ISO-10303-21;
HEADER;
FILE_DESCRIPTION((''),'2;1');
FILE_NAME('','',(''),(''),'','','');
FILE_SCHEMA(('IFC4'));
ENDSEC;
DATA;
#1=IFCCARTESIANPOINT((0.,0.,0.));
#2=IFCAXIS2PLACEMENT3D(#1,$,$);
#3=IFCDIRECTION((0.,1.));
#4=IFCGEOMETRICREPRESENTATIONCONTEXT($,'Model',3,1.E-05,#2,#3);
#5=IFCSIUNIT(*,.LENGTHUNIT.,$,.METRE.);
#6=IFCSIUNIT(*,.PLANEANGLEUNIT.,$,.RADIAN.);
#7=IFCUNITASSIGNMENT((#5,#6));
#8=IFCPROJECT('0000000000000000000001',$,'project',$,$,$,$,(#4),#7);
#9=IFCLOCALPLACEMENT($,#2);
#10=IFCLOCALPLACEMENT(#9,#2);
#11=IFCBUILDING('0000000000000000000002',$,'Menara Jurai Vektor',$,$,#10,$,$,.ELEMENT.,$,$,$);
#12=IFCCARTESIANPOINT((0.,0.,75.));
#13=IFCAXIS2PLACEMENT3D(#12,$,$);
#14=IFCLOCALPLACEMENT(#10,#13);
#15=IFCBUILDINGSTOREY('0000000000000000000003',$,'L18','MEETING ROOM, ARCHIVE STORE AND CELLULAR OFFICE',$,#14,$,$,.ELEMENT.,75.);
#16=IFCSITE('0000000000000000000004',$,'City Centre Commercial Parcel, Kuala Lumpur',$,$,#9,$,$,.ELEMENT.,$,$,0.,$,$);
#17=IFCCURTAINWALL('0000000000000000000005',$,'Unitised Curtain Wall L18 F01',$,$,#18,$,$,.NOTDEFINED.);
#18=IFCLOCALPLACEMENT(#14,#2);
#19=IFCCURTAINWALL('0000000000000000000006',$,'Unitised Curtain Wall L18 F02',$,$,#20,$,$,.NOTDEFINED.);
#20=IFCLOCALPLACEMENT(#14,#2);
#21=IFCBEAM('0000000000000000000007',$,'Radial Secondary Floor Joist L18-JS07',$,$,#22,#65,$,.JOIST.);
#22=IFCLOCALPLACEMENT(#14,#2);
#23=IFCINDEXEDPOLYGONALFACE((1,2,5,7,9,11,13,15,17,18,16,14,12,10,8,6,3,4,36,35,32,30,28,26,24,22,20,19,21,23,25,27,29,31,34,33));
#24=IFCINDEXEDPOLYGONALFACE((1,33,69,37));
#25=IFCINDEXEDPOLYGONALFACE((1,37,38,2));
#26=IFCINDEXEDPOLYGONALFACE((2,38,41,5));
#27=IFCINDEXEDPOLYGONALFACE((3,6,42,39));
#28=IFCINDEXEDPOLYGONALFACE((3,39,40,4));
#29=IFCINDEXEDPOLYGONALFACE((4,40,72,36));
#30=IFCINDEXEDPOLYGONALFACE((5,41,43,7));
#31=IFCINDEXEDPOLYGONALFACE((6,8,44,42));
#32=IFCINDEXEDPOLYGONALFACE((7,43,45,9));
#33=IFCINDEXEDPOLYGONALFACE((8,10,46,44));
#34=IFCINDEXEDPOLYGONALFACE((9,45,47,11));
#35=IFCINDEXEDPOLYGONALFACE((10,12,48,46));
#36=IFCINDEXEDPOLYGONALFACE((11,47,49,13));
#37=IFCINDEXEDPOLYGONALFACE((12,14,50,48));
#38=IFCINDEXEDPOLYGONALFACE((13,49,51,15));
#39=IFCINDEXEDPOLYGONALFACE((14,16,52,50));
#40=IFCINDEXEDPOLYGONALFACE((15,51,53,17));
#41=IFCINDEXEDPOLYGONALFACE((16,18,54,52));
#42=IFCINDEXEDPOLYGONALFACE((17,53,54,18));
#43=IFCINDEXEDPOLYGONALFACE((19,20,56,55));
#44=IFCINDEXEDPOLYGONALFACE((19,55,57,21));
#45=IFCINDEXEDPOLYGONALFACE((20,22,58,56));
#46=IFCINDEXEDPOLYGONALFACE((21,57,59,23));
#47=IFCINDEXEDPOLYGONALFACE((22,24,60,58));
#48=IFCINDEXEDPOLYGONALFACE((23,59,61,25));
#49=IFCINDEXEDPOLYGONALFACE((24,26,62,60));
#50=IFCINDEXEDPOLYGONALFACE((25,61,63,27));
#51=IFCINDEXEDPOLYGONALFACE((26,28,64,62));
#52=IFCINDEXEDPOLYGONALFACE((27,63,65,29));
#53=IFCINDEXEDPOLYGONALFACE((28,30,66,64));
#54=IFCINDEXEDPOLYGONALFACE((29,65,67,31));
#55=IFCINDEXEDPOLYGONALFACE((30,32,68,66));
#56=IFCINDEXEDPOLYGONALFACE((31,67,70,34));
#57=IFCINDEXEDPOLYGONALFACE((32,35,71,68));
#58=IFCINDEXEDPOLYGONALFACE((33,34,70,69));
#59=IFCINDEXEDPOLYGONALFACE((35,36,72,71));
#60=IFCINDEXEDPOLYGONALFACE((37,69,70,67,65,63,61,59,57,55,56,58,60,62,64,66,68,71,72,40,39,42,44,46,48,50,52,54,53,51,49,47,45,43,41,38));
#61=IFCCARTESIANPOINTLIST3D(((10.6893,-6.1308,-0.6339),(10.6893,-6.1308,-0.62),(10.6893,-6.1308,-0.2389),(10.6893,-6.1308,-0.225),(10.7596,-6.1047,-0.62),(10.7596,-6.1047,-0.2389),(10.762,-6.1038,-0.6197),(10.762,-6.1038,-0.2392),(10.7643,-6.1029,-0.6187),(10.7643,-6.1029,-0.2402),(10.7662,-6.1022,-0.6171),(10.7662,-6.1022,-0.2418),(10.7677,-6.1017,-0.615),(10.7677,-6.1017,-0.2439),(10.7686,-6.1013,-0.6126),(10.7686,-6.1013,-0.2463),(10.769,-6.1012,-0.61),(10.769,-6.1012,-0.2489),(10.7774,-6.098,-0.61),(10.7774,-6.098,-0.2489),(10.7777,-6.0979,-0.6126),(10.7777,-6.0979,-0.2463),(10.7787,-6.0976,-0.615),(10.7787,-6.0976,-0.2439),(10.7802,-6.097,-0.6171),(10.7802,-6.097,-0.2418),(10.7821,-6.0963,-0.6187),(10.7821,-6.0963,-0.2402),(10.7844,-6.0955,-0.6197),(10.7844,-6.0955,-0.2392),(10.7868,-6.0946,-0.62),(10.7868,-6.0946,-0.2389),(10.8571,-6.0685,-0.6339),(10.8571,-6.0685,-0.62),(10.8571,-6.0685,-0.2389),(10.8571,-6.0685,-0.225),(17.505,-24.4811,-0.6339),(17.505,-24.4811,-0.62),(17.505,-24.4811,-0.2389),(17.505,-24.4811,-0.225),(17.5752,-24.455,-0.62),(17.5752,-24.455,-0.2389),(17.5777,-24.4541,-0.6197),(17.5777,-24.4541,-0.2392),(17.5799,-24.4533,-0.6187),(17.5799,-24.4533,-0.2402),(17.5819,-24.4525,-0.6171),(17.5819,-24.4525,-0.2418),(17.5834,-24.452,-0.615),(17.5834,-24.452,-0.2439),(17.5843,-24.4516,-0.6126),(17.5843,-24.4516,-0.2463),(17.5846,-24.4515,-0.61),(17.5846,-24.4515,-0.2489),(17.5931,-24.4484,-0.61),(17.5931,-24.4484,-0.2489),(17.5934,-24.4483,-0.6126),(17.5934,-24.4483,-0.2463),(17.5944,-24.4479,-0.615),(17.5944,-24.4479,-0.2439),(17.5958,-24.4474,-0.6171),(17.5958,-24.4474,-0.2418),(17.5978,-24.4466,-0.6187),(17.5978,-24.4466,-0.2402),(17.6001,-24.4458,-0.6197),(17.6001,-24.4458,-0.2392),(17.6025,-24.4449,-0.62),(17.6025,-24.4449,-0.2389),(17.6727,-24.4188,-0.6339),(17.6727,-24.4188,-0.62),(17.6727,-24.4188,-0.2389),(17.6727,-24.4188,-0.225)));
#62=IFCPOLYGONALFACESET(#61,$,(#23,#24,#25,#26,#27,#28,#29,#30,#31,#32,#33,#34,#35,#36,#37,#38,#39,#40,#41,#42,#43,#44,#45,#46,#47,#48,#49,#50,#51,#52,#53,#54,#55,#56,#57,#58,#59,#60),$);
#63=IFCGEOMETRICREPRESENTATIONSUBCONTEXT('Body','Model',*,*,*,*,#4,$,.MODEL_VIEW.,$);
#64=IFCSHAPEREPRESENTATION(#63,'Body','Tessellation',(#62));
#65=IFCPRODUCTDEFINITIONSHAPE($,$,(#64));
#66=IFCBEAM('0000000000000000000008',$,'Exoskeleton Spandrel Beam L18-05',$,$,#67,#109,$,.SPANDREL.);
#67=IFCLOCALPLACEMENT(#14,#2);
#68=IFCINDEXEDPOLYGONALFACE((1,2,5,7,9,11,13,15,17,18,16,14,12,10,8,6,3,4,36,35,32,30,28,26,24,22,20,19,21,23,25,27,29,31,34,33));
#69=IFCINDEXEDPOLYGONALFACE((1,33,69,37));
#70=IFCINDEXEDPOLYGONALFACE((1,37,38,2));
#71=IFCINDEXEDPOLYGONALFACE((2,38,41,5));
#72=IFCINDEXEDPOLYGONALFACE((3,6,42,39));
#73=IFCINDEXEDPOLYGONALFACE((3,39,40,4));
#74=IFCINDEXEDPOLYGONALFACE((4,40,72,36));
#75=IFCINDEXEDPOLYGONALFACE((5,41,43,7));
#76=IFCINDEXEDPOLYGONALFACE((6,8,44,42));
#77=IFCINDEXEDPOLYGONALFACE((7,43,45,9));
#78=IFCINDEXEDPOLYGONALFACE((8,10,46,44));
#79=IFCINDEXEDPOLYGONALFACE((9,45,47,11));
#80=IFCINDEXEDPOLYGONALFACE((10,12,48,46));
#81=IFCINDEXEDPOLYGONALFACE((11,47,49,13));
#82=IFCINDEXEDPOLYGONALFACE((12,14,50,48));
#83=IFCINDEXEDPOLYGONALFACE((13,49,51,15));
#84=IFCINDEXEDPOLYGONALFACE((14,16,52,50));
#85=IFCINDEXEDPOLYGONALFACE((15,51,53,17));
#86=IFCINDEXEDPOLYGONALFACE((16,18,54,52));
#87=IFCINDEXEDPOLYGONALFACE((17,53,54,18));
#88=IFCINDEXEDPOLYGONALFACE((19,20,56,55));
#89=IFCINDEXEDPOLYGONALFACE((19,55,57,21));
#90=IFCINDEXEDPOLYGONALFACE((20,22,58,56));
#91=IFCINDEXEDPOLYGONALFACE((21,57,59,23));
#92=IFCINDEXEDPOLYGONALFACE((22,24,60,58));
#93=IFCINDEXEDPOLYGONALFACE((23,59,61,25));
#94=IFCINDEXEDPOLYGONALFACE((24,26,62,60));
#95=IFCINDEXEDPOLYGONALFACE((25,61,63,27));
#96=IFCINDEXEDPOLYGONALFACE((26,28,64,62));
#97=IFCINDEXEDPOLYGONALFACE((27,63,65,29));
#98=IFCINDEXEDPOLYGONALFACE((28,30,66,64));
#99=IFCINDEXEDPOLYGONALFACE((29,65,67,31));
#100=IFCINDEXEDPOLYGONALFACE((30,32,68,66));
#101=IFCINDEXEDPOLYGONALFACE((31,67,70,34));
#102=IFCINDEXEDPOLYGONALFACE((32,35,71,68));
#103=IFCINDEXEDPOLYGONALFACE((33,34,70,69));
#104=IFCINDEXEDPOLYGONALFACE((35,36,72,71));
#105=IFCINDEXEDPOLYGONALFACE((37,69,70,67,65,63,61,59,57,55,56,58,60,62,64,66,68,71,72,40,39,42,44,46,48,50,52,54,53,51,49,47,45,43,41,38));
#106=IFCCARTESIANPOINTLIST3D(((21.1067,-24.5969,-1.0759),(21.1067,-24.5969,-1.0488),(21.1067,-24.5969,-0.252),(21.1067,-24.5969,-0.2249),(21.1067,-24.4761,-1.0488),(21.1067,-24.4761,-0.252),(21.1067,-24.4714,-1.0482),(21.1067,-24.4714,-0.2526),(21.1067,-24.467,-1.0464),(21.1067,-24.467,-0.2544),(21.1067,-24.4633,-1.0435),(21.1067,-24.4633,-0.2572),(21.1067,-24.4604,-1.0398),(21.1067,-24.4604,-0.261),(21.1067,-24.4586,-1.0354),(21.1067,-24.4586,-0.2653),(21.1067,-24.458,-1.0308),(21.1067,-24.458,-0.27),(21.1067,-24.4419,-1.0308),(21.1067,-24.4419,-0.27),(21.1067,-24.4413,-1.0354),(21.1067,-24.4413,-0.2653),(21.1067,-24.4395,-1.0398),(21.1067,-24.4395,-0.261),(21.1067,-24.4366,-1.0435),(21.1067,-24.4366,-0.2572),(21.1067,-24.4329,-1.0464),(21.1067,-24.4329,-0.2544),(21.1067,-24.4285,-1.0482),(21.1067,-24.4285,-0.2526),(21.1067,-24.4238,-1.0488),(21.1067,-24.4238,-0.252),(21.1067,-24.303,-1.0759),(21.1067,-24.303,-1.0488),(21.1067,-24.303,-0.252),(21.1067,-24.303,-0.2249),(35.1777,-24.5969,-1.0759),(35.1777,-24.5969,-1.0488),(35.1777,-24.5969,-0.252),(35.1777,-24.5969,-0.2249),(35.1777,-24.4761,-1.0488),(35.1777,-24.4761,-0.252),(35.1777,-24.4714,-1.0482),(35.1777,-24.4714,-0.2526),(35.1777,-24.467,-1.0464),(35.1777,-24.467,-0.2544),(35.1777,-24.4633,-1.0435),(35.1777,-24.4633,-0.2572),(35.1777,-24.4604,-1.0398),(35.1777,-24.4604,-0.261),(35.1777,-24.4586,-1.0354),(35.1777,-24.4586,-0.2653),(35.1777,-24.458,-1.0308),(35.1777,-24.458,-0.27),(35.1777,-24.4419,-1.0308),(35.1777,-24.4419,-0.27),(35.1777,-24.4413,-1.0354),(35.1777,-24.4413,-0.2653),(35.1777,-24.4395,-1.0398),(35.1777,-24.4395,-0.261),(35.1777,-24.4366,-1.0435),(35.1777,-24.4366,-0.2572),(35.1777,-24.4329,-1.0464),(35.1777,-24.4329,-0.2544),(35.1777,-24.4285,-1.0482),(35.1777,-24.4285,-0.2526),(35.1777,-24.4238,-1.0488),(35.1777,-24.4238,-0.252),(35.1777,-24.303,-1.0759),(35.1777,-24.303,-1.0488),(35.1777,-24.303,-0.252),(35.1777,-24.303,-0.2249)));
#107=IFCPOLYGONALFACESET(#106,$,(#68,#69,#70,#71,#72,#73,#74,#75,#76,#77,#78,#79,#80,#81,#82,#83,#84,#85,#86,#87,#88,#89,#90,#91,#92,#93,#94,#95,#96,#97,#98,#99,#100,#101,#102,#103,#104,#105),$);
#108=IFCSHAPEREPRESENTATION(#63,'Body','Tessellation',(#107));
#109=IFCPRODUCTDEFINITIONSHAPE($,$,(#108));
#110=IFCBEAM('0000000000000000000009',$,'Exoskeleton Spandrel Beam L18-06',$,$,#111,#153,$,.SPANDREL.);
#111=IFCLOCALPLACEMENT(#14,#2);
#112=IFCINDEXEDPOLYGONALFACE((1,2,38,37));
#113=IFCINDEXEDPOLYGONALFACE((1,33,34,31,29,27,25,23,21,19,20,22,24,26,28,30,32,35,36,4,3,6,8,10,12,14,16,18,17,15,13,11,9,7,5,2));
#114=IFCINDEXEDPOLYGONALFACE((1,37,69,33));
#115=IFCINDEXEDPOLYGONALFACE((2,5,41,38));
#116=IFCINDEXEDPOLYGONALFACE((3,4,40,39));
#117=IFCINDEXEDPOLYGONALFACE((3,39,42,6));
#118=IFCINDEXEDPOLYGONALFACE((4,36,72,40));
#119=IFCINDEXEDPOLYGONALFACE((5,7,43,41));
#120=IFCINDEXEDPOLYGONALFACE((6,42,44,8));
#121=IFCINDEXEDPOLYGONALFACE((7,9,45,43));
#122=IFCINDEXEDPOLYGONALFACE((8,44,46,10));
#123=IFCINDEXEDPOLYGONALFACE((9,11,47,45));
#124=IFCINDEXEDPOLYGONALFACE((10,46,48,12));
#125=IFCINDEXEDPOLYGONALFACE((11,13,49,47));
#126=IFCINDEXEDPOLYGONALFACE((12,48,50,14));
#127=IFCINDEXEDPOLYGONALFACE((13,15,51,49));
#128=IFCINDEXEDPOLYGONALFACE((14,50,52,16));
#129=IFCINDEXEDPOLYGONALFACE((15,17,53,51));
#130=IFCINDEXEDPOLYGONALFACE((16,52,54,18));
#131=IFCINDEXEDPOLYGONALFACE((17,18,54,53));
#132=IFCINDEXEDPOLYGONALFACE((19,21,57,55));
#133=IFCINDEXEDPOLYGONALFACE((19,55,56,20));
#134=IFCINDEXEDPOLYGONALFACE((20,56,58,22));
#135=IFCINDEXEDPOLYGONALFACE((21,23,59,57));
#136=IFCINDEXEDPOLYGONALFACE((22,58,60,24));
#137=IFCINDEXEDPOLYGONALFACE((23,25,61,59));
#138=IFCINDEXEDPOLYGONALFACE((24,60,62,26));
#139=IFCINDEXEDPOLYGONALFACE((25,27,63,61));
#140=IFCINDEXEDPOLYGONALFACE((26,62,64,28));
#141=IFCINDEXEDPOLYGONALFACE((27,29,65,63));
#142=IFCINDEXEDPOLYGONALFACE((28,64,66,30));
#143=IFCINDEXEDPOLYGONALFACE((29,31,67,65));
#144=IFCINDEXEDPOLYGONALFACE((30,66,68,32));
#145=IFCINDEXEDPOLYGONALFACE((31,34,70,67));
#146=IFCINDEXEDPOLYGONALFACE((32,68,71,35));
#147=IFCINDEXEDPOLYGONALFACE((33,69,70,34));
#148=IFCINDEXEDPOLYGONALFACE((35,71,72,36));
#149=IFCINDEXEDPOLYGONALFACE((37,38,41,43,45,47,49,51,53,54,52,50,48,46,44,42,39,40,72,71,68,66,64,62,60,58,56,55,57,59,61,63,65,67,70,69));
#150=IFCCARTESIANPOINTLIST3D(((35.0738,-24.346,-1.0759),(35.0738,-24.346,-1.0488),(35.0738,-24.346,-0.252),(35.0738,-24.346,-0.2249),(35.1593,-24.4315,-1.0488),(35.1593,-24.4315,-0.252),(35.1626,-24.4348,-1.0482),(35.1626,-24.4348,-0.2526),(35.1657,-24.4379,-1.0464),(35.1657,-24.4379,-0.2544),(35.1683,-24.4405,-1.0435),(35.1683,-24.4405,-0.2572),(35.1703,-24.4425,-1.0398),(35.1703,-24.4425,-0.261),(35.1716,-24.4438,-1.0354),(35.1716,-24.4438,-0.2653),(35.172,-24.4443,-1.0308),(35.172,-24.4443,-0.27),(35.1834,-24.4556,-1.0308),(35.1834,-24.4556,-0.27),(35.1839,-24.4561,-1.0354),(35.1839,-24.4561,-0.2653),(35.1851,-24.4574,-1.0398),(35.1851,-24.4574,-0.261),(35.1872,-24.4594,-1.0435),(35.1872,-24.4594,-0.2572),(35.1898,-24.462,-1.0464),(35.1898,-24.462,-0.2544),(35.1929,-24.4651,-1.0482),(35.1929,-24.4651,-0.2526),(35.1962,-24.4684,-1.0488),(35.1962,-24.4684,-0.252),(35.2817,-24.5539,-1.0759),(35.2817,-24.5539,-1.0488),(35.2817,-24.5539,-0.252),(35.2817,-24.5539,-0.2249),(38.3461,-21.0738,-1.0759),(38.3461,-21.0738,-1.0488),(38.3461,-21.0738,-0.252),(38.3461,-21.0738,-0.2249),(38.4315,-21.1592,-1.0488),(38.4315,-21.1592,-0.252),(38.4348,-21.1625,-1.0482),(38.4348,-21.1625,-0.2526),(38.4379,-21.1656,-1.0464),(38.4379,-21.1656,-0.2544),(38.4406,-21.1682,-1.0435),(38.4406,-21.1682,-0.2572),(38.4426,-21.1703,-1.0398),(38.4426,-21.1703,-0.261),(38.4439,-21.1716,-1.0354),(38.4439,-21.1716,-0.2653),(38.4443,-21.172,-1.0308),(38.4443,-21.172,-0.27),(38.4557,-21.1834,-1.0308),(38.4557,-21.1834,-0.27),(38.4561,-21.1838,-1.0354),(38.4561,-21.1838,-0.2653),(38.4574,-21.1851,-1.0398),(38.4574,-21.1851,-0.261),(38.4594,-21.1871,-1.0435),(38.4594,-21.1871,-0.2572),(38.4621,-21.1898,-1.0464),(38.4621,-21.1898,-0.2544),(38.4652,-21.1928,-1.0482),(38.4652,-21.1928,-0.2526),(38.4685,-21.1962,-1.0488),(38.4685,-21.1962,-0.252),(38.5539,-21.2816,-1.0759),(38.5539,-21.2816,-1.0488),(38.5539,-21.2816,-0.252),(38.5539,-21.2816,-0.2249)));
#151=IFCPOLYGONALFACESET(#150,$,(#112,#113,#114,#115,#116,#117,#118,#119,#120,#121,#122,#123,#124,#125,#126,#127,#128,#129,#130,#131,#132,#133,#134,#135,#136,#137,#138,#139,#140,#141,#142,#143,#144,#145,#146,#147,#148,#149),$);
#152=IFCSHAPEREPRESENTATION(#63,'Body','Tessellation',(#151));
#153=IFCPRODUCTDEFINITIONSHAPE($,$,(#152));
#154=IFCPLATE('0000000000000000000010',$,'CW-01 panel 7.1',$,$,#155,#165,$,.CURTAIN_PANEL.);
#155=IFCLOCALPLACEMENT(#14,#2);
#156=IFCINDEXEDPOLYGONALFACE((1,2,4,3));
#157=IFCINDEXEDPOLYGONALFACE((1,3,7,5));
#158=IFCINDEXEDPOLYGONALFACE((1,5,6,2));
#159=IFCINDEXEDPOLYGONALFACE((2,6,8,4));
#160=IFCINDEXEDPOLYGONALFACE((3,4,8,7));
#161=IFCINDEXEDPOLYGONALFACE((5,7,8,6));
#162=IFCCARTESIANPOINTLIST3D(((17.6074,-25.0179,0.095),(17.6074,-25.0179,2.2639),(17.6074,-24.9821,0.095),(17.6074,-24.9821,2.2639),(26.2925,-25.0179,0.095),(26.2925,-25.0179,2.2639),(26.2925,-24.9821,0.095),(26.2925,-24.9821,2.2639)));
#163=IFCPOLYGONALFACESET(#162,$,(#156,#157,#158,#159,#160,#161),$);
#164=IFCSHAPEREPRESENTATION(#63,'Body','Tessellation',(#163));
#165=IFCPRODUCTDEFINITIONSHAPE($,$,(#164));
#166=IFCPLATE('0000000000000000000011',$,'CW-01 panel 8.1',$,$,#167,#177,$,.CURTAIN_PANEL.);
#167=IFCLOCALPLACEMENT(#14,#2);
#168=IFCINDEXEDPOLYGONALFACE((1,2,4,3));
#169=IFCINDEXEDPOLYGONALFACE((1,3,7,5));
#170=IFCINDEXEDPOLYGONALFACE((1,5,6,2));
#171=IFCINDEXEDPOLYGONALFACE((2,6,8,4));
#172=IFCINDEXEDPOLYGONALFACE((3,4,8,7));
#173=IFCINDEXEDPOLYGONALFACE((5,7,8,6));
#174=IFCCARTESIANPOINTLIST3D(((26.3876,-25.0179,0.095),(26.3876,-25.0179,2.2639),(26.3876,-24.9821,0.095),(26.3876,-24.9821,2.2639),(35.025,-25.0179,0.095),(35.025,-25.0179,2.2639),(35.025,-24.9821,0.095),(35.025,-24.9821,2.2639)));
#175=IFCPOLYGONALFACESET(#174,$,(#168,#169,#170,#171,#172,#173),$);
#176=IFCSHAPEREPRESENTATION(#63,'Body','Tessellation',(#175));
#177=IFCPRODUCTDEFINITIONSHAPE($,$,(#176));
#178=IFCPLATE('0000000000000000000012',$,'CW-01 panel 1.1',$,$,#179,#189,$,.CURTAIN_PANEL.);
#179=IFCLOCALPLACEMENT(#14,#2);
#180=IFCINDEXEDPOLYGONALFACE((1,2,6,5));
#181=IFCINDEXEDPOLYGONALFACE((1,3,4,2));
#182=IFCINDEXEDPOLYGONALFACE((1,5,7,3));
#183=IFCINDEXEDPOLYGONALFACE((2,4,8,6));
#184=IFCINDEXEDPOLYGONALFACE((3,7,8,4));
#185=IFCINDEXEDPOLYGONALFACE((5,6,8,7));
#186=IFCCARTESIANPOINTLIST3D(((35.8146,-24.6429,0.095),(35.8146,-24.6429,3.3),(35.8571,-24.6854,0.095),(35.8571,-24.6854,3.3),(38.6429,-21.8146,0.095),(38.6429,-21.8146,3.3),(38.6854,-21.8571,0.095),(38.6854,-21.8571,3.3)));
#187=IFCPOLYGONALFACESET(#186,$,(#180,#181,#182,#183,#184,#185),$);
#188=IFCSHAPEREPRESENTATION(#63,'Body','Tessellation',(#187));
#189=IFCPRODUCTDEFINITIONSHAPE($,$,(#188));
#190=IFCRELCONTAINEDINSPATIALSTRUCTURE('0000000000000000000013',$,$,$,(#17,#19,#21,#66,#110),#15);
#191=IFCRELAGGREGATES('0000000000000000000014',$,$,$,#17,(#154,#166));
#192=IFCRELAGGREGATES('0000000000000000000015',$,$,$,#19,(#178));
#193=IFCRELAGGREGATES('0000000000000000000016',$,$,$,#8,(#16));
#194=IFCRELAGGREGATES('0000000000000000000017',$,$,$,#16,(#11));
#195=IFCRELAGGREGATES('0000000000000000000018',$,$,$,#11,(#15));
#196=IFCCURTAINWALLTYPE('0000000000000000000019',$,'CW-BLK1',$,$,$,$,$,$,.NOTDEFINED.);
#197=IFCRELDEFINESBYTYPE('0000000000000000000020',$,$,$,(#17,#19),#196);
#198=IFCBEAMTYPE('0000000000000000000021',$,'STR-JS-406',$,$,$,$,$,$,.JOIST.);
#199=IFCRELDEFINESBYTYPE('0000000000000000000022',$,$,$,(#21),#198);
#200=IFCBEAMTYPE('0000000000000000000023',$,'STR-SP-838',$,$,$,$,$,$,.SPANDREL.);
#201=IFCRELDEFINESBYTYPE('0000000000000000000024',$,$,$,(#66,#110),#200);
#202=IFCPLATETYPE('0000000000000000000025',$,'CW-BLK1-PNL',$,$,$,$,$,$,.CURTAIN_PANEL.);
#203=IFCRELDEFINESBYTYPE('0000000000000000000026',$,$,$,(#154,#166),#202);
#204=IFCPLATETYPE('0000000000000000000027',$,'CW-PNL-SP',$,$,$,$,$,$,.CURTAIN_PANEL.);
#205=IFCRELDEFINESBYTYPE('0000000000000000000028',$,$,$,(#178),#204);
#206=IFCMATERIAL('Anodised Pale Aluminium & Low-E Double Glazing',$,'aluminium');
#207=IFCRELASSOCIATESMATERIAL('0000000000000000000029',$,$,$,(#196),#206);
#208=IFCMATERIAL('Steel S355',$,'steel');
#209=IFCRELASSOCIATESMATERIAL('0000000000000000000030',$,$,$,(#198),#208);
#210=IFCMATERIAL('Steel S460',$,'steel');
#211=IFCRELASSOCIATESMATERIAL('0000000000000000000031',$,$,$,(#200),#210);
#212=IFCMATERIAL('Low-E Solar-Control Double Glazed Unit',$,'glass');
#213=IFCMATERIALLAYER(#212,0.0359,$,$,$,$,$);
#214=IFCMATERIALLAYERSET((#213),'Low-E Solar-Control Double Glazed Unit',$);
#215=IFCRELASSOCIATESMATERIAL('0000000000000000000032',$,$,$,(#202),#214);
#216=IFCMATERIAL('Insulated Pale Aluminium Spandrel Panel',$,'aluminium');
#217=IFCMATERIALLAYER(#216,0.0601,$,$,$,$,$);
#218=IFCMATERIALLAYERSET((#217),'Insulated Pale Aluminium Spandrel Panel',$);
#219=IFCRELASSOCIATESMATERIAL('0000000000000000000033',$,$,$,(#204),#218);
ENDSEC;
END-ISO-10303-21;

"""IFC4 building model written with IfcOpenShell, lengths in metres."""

from ifc_helpers import new_model, si_unit, direction, frame, origin, origin_2d, place, context, subcontext, project, spatial, rectangle, i_section, extrude, material, layer, layer_set, material_profile, profile_set, type_object, element, aggregate, save


model = new_model("IFC4")

# Units and contexts
model_context = context("Model", 3, precision=1e-05, world=origin(), true_north=direction((0.0, 1.0)))
body_context = subcontext(model_context, "Body", "Model", "MODEL_VIEW")
ifc_project = project(units=[si_unit("LENGTHUNIT", "METRE"), si_unit("PLANEANGLEUNIT", "RADIAN")], contexts=[model_context])

# Site, building, storey
site_placement = place(None, origin())
site = spatial("IfcSite", under=ifc_project, at=site_placement, Name="City Centre Commercial Parcel, Kuala Lumpur", CompositionType="ELEMENT", RefElevation=0.0)
building_placement = place(site_placement, origin())
building = spatial("IfcBuilding", under=site, at=building_placement, Name="Menara Jurai Vektor", CompositionType="ELEMENT")
storey_placement = place(building_placement, frame((0.0, 0.0, 75.0)))
storey = spatial("IfcBuildingStorey", under=building, at=storey_placement, Name="L18", Description="MEETING ROOM, ARCHIVE STORE AND CELLULAR OFFICE", CompositionType="ELEMENT", Elevation=75.0)

# Shared definitions
ifc_material_1 = material(Name="Steel S460", Category="steel")

# Curtain walls
ifc_material_2 = material(Name="Anodised Pale Aluminium & Low-E Double Glazing", Category="aluminium")
curtain_wall_type = type_object("IfcCurtainWallType", Name="CW-BLK1", PredefinedType="NOTDEFINED", material=ifc_material_2)
curtain_wall_1_placement = place(storey_placement, origin())
curtain_wall_1 = element("IfcCurtainWall", 1, at=curtain_wall_1_placement, inside=storey, type_object=curtain_wall_type, Name="Unitised Curtain Wall L18 F01", PredefinedType="NOTDEFINED")
curtain_wall_2_placement = place(storey_placement, origin())
curtain_wall_2 = element("IfcCurtainWall", 2, at=curtain_wall_2_placement, inside=storey, type_object=curtain_wall_type, Name="Unitised Curtain Wall L18 F02", PredefinedType="NOTDEFINED")

# Beams
ifc_material_3 = material(Name="Steel S355", Category="steel")
ifc_material_profile_1 = material_profile(ifc_material_3, i_section(OverallWidth=0.179, OverallDepth=0.4089, WebThickness=0.009, FlangeThickness=0.0139, FilletRadius=0.01, at=origin_2d()), Name="UKB 406x178x67")
ifc_profile_set_1 = profile_set([ifc_material_profile_1], Name="Steel S355")
beam_type_1 = type_object("IfcBeamType", Name="STR-JS-406", PredefinedType="JOIST", material=ifc_profile_set_1)
beam_1_placement = place(storey_placement, frame((17.5889, -24.45, -0.4294), z_axis=(-0.348179, 0.937428, 0.0), x_axis=(-0.937428, -0.348179, 0.0)))
element("IfcBeam", 3, at=beam_1_placement, inside=storey, type_object=beam_type_1, Name="Radial Secondary Floor Joist L18-JS07", PredefinedType="JOIST", context=body_context, shape_type="SweptSolid", body=[
    extrude(i_section(OverallWidth=0.179, OverallDepth=0.4089, WebThickness=0.009, FlangeThickness=0.0139, FilletRadius=0.01, at=origin_2d()), origin(), (0.0, 0.0, 1.0), 19.5752),
])
ifc_material_profile_2 = material_profile(ifc_material_1, i_section(OverallWidth=0.2939, OverallDepth=0.8511, WebThickness=0.0161, FlangeThickness=0.0271, FilletRadius=0.0181, at=origin_2d()), Name="UKB 838x292x226")
ifc_profile_set_2 = profile_set([ifc_material_profile_2], Name="Steel S460")
beam_type_2 = type_object("IfcBeamType", Name="STR-SP-838", PredefinedType="SPANDREL", material=ifc_profile_set_2)
beam_2_placement = place(storey_placement, frame((21.1067, -24.45, -0.6504), z_axis=(1.0, 0.0, 0.0), x_axis=(0.0, 1.0, 0.0)))
element("IfcBeam", 4, at=beam_2_placement, inside=storey, type_object=beam_type_2, Name="Exoskeleton Spandrel Beam L18-05", PredefinedType="SPANDREL", context=body_context, shape_type="SweptSolid", body=[
    extrude(i_section(OverallWidth=0.2939, OverallDepth=0.8511, WebThickness=0.0161, FlangeThickness=0.0271, FilletRadius=0.0181, at=origin_2d()), origin(), (0.0, 0.0, 1.0), 14.071),
])
beam_3_placement = place(storey_placement, frame((35.1777, -24.45, -0.6504), z_axis=(0.707107, 0.707107, 0.0), x_axis=(-0.707107, 0.707107, 0.0)))
element("IfcBeam", 5, at=beam_3_placement, inside=storey, type_object=beam_type_2, Name="Exoskeleton Spandrel Beam L18-06", PredefinedType="SPANDREL", context=body_context, shape_type="SweptSolid", body=[
    extrude(i_section(OverallWidth=0.2939, OverallDepth=0.8511, WebThickness=0.0161, FlangeThickness=0.0271, FilletRadius=0.0181, at=origin_2d()), origin(), (0.0, 0.0, 1.0), 4.6277),
])

# Plates
ifc_material_4 = material(Name="Low-E Solar-Control Double Glazed Unit", Category="glass")
ifc_layer_1 = layer(ifc_material_4, 0.0359)
ifc_layer_set_1 = layer_set([ifc_layer_1], Name="Low-E Solar-Control Double Glazed Unit")
plate_type_1 = type_object("IfcPlateType", Name="CW-BLK1-PNL", PredefinedType="CURTAIN_PANEL", material=ifc_layer_set_1)
plate_1_placement = place(storey_placement, frame((21.95, -25.0, 0.095), z_axis=(0.0, 0.0, 1.0), x_axis=(1.0, 0.0, 0.0)))
plate_1 = element("IfcPlate", 6, at=plate_1_placement, type_object=plate_type_1, Name="CW-01 panel 7.1", PredefinedType="CURTAIN_PANEL", context=body_context, shape_type="SweptSolid", body=[
    extrude(rectangle(XDim=8.6851, YDim=0.0359, at=origin_2d()), origin(), (0.0, 0.0, 1.0), 2.1689),
])
plate_2_placement = place(storey_placement, frame((30.7063, -25.0, 0.095), z_axis=(0.0, 0.0, 1.0), x_axis=(1.0, 0.0, 0.0)))
plate_2 = element("IfcPlate", 7, at=plate_2_placement, type_object=plate_type_1, Name="CW-01 panel 8.1", PredefinedType="CURTAIN_PANEL", context=body_context, shape_type="SweptSolid", body=[
    extrude(rectangle(XDim=8.6375, YDim=0.0359, at=origin_2d()), origin(), (0.0, 0.0, 1.0), 2.1689),
])
aggregate(curtain_wall_1, [plate_1, plate_2])
ifc_material_5 = material(Name="Insulated Pale Aluminium Spandrel Panel", Category="aluminium")
ifc_layer_2 = layer(ifc_material_5, 0.0601)
ifc_layer_set_2 = layer_set([ifc_layer_2], Name="Insulated Pale Aluminium Spandrel Panel")
plate_type_2 = type_object("IfcPlateType", Name="CW-PNL-SP", PredefinedType="CURTAIN_PANEL", material=ifc_layer_set_2)
plate_3_placement = place(storey_placement, frame((37.25, -23.25, 0.095), z_axis=(0.0, 0.0, 1.0), x_axis=(0.707107, 0.707107, 0.0)))
plate_3 = element("IfcPlate", 8, at=plate_3_placement, type_object=plate_type_2, Name="CW-01 panel 1.1", PredefinedType="CURTAIN_PANEL", context=body_context, shape_type="SweptSolid", body=[
    extrude(rectangle(XDim=3.9998, YDim=0.0601, at=origin_2d()), origin(), (0.0, 0.0, 1.0), 3.2051),
])
aggregate(curtain_wall_2, [plate_3])

save(model, "model.ifc")
